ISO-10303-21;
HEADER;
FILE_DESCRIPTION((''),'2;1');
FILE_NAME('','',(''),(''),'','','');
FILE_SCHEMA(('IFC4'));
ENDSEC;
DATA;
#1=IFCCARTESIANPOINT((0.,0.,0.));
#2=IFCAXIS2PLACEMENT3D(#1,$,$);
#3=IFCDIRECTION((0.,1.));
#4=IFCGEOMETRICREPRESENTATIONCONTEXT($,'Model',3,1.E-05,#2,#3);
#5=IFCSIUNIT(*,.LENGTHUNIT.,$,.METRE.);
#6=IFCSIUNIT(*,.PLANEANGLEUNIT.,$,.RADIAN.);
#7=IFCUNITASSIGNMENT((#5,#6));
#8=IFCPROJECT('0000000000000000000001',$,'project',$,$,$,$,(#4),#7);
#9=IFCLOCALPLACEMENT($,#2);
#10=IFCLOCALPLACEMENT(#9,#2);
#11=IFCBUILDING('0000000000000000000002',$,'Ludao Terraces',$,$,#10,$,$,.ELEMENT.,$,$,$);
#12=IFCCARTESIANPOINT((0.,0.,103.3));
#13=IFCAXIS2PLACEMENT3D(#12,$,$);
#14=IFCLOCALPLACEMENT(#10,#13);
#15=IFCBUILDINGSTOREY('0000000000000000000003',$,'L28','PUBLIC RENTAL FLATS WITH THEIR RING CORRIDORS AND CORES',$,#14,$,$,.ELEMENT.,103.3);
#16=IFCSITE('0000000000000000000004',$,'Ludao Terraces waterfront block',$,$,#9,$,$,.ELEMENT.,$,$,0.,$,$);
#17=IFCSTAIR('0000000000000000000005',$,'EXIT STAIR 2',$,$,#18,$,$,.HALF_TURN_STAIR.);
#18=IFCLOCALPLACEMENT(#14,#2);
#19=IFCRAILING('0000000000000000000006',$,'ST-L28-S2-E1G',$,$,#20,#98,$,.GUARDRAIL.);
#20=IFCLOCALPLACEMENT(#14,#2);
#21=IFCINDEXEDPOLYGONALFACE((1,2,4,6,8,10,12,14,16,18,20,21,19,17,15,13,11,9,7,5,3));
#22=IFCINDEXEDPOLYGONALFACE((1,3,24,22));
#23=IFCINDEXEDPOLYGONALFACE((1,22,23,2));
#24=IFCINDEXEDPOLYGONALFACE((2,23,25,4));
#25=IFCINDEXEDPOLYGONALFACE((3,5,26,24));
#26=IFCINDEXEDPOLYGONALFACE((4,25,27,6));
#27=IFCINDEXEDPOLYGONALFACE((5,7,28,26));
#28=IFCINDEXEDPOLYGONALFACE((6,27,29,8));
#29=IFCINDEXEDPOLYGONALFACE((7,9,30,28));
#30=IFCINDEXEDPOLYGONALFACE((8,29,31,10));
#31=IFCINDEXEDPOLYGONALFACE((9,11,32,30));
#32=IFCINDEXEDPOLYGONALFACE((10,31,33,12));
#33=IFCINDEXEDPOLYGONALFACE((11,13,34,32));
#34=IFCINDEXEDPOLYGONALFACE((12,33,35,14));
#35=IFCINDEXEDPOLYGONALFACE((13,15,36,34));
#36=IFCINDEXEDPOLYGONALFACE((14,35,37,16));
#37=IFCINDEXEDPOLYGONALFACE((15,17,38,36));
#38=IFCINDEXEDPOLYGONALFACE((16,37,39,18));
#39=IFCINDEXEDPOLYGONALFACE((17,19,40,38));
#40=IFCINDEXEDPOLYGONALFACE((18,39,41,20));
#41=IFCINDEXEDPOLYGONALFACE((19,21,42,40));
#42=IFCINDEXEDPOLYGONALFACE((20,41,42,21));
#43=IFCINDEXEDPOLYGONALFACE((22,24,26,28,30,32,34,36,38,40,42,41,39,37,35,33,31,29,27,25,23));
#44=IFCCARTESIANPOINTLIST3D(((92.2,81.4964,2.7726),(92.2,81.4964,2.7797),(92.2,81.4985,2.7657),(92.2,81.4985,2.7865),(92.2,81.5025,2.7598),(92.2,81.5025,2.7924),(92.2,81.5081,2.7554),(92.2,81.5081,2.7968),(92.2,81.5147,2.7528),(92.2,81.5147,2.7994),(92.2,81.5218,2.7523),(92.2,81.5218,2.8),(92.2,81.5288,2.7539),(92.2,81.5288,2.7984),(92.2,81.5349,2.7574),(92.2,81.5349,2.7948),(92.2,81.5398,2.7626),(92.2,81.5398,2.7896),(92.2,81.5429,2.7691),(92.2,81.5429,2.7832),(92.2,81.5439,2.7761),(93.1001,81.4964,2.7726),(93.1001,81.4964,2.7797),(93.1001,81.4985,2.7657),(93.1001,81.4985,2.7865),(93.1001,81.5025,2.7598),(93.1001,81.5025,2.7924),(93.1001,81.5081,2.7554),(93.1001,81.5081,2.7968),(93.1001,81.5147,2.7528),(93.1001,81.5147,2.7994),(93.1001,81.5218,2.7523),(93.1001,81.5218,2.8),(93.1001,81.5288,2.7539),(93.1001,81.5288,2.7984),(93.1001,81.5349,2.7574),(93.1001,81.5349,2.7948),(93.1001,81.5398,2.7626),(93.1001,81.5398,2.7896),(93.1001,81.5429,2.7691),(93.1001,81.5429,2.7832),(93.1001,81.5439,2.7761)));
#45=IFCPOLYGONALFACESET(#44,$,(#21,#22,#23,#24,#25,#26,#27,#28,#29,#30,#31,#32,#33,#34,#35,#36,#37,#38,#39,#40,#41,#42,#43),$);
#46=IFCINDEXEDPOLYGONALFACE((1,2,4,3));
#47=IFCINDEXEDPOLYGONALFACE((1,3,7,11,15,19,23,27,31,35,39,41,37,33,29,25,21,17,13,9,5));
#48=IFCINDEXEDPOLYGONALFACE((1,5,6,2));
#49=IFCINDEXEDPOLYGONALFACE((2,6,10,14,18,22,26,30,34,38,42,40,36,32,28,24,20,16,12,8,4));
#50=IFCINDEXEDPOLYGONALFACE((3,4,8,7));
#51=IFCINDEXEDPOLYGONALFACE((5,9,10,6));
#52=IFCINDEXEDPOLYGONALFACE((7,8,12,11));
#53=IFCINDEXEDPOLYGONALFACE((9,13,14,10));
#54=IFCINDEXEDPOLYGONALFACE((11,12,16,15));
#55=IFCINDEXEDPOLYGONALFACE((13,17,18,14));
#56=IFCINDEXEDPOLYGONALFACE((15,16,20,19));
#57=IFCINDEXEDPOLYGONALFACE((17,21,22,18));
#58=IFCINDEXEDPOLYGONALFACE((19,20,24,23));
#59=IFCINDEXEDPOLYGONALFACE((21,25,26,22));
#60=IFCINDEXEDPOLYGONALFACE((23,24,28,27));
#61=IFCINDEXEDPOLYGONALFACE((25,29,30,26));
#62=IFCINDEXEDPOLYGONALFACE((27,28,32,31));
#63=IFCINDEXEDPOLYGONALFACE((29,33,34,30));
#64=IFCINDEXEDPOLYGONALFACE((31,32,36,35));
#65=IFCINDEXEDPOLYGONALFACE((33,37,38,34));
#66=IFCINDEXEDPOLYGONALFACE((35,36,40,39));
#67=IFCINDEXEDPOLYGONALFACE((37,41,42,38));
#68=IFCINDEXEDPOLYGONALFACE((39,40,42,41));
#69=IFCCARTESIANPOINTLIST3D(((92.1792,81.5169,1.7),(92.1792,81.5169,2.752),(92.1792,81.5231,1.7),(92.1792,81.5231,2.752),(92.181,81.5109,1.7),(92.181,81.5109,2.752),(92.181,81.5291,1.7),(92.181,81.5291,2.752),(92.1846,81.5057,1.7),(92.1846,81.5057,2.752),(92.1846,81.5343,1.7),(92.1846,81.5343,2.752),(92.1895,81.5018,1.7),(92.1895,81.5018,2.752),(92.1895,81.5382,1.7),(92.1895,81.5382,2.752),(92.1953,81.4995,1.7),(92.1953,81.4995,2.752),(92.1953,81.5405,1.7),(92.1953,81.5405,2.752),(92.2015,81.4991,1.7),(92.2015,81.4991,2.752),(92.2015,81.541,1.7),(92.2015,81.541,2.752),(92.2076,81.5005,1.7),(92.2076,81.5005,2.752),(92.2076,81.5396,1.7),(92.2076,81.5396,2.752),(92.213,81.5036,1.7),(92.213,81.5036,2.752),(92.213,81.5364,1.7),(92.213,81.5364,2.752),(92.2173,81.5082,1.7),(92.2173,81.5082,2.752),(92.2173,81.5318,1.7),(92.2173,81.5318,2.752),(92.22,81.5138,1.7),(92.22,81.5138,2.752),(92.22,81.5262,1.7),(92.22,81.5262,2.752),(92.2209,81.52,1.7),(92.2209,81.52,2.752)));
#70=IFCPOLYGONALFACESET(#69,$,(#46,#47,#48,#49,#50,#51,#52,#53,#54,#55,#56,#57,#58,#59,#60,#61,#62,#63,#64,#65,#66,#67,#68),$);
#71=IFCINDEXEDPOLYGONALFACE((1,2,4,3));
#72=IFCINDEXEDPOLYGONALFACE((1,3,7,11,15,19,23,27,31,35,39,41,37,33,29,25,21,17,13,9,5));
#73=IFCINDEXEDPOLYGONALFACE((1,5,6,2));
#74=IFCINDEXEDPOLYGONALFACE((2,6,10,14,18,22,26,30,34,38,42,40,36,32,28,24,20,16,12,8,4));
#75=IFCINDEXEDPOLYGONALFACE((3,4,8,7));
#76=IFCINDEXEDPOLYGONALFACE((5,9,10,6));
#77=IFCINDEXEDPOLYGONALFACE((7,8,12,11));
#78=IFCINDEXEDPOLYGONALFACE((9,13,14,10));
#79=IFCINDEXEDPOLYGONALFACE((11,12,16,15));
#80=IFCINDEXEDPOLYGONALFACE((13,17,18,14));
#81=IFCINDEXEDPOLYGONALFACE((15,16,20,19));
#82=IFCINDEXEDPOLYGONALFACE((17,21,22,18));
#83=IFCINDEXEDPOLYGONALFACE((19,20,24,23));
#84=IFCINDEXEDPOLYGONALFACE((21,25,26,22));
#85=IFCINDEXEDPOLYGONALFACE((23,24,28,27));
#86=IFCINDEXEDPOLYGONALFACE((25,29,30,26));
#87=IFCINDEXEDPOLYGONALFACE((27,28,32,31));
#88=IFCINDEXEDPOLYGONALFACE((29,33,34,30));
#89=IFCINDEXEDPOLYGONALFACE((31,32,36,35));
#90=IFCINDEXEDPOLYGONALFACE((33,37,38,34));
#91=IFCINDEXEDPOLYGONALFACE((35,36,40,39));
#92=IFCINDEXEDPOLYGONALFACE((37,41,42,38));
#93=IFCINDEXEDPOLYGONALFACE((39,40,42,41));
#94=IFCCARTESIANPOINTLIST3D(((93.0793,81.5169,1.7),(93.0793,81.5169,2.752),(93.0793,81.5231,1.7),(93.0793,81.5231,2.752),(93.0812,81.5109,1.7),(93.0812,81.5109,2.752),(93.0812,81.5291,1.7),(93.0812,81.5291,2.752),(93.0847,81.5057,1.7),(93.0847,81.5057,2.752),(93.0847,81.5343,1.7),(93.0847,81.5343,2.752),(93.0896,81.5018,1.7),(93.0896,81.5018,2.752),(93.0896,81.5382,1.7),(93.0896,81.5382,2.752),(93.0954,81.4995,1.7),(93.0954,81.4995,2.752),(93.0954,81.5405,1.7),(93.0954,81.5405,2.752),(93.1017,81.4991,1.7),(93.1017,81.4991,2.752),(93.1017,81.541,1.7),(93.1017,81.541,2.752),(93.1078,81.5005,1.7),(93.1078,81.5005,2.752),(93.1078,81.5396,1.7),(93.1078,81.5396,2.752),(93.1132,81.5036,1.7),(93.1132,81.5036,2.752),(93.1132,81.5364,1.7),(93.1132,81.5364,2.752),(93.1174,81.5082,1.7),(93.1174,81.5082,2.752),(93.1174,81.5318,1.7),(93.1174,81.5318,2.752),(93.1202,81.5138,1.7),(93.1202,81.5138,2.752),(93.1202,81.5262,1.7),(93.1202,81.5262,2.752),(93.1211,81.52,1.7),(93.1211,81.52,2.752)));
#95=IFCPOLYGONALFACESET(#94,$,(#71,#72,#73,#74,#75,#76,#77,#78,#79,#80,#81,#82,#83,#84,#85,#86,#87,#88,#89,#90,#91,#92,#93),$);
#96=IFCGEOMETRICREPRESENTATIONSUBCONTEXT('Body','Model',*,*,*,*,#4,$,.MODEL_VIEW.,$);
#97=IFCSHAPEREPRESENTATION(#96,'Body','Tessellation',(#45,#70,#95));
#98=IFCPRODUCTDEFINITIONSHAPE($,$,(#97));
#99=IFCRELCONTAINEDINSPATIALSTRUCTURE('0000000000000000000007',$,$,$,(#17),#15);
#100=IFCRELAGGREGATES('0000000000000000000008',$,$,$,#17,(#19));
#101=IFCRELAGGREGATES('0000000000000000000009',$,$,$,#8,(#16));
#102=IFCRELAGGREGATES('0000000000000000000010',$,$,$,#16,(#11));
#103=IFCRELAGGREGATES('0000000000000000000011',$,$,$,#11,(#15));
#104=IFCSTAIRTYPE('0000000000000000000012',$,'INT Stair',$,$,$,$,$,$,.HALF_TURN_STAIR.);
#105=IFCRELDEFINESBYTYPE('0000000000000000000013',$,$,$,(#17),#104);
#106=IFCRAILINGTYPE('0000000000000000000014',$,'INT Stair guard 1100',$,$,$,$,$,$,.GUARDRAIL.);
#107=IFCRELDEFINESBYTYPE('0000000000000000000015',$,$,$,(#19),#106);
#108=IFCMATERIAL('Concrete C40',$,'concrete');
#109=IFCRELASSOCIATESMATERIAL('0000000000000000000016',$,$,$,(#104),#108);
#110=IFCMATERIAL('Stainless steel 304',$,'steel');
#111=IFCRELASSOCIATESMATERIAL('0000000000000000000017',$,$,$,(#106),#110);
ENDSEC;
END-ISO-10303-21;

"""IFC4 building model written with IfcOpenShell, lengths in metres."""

from ifc_helpers import new_model, si_unit, direction, frame, origin, origin_2d, place, context, subcontext, project, spatial, circle, extrude, material, type_object, element, aggregate, save


model = new_model("IFC4")

# Units and contexts
model_context = context("Model", 3, precision=1e-05, world=origin(), true_north=direction((0.0, 1.0)))
body_context = subcontext(model_context, "Body", "Model", "MODEL_VIEW")
ifc_project = project(units=[si_unit("LENGTHUNIT", "METRE"), si_unit("PLANEANGLEUNIT", "RADIAN")], contexts=[model_context])

# Site, building, storey
site_placement = place(None, origin())
site = spatial("IfcSite", under=ifc_project, at=site_placement, Name="Ludao Terraces waterfront block", CompositionType="ELEMENT", RefElevation=0.0)
building_placement = place(site_placement, origin())
building = spatial("IfcBuilding", under=site, at=building_placement, Name="Ludao Terraces", CompositionType="ELEMENT")
storey_placement = place(building_placement, frame((0.0, 0.0, 103.3)))
storey = spatial("IfcBuildingStorey", under=building, at=storey_placement, Name="L28", Description="PUBLIC RENTAL FLATS WITH THEIR RING CORRIDORS AND CORES", CompositionType="ELEMENT", Elevation=103.3)

# Shared definitions
ifc_material_1 = material(Name="Stainless steel 304", Category="steel")

# Stair, railing
ifc_material_2 = material(Name="Concrete C40", Category="concrete")
stair_type = type_object("IfcStairType", Name="INT Stair", PredefinedType="HALF_TURN_STAIR", material=ifc_material_2)
stair_placement = place(storey_placement, origin())
stair = element("IfcStair", 1, at=stair_placement, inside=storey, type_object=stair_type, Name="EXIT STAIR 2", PredefinedType="HALF_TURN_STAIR")
railing_type = type_object("IfcRailingType", Name="INT Stair guard 1100", PredefinedType="GUARDRAIL", material=ifc_material_1)
railing_1_placement = place(storey_placement, frame((92.2, 81.52, 1.7)))
railing_1 = element("IfcRailing", 2, at=railing_1_placement, type_object=railing_type, Name="ST-L28-S2-E1G", PredefinedType="GUARDRAIL", context=body_context, shape_type="SweptSolid", body=[
    extrude(circle(Radius=0.0239, at=origin_2d()), frame((0.0, 0.0, 1.0762), z_axis=(1.0, 0.0, 0.0), x_axis=(0.0, 1.0, 0.0)), (0.0, 0.0, 1.0), 0.9001),
    extrude(circle(Radius=0.021, at=origin_2d()), origin(), (0.0, 0.0, 1.0), 1.052),
    extrude(circle(Radius=0.021, at=origin_2d()), frame((0.9001, 0.0, 0.0)), (0.0, 0.0, 1.0), 1.052),
])
aggregate(stair, [railing_1])

save(model, "model.ifc")
